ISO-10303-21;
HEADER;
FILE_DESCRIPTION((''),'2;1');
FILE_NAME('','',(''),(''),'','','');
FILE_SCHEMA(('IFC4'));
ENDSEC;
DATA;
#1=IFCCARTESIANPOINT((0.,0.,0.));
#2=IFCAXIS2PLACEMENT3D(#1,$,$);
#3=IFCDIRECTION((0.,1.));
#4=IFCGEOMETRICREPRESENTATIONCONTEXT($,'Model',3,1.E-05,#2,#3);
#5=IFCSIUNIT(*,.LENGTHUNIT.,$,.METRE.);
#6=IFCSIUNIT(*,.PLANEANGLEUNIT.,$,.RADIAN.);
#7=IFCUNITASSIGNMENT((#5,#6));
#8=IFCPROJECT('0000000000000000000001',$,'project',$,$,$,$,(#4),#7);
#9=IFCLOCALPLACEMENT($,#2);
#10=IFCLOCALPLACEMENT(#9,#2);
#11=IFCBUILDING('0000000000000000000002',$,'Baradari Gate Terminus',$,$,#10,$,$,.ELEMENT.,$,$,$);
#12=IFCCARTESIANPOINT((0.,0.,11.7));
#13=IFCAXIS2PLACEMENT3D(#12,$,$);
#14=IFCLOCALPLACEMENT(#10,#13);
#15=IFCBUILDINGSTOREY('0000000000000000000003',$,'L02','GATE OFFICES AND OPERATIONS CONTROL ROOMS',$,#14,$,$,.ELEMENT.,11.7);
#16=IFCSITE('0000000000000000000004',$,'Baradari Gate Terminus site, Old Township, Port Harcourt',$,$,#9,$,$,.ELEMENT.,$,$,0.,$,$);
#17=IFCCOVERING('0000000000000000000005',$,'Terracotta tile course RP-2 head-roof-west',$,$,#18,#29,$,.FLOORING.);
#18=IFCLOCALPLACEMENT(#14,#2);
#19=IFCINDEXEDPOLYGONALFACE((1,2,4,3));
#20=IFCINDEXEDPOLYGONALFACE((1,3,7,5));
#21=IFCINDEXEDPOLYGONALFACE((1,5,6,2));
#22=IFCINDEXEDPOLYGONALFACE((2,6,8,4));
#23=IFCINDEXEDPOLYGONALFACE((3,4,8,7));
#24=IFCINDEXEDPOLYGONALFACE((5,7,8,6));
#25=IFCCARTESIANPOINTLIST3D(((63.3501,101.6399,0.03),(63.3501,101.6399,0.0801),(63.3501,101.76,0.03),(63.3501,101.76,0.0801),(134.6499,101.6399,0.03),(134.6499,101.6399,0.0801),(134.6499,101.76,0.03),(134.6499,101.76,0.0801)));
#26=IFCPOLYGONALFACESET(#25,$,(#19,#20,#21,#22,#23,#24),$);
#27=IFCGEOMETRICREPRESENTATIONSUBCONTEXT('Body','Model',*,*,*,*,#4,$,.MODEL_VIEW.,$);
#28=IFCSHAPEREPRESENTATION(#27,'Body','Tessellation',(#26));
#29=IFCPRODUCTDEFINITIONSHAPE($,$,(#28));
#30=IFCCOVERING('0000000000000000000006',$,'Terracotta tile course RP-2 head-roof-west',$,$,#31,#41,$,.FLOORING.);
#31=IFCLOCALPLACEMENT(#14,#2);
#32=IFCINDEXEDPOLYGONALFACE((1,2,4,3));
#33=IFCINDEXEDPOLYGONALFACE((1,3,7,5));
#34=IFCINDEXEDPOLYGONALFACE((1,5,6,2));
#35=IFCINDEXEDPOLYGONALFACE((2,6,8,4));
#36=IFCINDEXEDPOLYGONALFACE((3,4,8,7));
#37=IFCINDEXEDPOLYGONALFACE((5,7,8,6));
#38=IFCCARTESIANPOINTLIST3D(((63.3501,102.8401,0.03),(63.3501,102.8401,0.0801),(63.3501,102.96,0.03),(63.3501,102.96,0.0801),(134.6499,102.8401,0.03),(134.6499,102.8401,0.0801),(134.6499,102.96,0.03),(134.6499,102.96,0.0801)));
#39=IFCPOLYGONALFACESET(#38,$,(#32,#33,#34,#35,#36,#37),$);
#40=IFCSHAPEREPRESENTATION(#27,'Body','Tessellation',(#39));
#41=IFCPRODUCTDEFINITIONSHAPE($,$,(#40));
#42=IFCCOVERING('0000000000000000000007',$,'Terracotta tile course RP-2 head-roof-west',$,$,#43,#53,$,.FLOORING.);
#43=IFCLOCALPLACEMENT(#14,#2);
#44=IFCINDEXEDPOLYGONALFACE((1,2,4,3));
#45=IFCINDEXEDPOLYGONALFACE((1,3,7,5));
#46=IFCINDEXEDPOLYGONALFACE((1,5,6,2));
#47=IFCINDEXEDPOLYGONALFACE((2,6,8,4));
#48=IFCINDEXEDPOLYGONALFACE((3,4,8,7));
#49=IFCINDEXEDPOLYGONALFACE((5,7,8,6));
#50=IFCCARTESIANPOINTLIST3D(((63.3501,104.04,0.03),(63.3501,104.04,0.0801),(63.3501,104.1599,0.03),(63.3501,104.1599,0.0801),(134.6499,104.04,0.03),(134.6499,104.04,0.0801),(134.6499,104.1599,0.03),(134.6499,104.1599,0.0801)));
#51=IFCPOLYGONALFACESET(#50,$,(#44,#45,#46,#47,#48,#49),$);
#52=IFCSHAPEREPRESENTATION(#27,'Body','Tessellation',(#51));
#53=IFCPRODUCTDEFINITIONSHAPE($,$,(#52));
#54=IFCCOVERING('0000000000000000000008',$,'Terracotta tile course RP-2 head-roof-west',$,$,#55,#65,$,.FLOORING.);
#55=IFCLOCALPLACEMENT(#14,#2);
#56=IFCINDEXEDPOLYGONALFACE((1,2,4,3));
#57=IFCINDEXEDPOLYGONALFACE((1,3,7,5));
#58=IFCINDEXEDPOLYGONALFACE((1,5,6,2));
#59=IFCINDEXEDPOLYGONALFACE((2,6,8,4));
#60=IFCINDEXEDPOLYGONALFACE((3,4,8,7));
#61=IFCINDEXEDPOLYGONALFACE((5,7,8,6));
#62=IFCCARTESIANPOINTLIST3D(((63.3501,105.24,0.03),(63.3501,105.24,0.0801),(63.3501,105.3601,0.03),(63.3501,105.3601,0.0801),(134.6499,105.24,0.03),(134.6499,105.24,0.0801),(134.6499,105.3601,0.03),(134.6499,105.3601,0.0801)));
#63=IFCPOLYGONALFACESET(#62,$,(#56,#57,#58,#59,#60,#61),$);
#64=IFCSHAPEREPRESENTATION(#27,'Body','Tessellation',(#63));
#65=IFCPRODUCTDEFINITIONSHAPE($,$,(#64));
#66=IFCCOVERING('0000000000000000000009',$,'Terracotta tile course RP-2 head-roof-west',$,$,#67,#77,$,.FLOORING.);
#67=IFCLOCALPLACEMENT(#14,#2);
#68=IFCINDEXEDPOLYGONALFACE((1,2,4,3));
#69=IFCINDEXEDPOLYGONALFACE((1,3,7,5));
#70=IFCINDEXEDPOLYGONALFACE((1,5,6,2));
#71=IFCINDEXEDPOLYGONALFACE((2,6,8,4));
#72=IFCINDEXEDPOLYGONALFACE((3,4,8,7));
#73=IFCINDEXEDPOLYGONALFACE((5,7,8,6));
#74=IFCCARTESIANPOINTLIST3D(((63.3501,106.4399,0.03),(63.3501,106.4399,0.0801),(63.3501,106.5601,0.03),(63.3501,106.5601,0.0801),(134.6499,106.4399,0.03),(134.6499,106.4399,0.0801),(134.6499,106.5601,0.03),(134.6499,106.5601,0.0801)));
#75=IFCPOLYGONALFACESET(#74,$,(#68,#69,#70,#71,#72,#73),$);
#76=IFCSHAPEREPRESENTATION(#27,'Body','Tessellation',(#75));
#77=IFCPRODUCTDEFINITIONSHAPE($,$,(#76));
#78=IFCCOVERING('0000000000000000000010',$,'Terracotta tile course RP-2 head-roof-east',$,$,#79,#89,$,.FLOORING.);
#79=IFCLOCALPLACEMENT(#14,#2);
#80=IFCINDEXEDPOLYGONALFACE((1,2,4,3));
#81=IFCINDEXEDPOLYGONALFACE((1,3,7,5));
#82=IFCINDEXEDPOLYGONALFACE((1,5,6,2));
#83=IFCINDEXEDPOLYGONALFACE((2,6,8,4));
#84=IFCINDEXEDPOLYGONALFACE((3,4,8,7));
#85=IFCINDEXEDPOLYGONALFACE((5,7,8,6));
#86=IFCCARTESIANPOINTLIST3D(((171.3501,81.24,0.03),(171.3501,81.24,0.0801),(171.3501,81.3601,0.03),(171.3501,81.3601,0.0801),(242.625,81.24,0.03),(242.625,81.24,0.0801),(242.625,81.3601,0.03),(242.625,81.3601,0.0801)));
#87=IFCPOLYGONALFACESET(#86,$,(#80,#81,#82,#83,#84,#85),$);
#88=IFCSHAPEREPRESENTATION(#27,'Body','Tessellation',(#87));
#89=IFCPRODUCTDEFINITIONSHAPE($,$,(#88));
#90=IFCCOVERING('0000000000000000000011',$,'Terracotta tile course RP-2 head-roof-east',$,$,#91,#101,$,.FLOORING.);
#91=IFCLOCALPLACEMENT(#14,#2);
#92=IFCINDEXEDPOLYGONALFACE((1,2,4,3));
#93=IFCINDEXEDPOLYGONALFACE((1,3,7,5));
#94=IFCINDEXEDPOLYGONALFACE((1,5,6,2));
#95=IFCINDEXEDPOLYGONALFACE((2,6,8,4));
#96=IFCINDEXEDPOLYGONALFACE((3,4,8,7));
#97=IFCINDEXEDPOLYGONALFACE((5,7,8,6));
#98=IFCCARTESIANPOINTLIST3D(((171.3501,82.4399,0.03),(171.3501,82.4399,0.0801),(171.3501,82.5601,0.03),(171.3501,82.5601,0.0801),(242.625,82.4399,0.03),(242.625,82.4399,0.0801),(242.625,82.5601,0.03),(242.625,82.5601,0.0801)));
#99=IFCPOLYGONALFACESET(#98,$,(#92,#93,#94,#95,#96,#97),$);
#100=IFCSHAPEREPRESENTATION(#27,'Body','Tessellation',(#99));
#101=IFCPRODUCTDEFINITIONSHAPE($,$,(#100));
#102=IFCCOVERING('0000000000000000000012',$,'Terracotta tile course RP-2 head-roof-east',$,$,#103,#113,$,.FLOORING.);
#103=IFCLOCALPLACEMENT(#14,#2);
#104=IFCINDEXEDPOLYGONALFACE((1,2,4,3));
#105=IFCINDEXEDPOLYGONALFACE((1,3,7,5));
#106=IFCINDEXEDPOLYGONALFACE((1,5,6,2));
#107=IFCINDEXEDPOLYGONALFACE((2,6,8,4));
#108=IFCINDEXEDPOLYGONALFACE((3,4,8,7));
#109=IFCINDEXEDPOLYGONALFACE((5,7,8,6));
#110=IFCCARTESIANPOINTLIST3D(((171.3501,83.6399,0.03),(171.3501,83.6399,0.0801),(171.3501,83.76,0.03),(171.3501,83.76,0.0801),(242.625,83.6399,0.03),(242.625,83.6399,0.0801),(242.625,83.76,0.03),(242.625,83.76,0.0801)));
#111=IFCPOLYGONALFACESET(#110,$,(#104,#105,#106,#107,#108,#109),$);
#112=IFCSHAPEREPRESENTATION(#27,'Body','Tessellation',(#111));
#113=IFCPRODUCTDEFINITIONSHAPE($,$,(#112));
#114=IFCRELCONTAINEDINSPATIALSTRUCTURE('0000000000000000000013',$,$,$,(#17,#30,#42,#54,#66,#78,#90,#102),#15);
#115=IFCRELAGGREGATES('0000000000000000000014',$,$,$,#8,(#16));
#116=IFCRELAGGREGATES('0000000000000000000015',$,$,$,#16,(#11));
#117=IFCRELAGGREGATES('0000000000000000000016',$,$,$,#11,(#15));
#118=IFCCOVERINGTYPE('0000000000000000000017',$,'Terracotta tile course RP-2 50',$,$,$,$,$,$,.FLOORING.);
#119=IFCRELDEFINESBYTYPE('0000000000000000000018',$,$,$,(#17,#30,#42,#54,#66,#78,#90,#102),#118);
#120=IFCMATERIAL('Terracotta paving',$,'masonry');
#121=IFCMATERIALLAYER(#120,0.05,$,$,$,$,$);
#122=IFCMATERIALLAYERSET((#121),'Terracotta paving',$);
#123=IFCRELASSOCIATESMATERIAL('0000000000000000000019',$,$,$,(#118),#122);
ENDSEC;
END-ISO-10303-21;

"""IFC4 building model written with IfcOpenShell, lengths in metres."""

from ifc_helpers import new_model, si_unit, direction, frame, origin, place, context, subcontext, project, spatial, polyline, outline, extrude, material, layer, layer_set, type_object, element, save


model = new_model("IFC4")

# Units and contexts
model_context = context("Model", 3, precision=1e-05, world=origin(), true_north=direction((0.0, 1.0)))
body_context = subcontext(model_context, "Body", "Model", "MODEL_VIEW")
ifc_project = project(units=[si_unit("LENGTHUNIT", "METRE"), si_unit("PLANEANGLEUNIT", "RADIAN")], contexts=[model_context])

# Site, building, storey
site_placement = place(None, origin())
site = spatial("IfcSite", under=ifc_project, at=site_placement, Name="Baradari Gate Terminus site, Old Township, Port Harcourt", CompositionType="ELEMENT", RefElevation=0.0)
building_placement = place(site_placement, origin())
building = spatial("IfcBuilding", under=site, at=building_placement, Name="Baradari Gate Terminus", CompositionType="ELEMENT")
storey_placement = place(building_placement, frame((0.0, 0.0, 11.7)))
storey = spatial("IfcBuildingStorey", under=building, at=storey_placement, Name="L02", Description="GATE OFFICES AND OPERATIONS CONTROL ROOMS", CompositionType="ELEMENT", Elevation=11.7)

# Coverings
ifc_material_1 = material(Name="Terracotta paving", Category="masonry")
ifc_layer_1 = layer(ifc_material_1, 0.05)
ifc_layer_set_1 = layer_set([ifc_layer_1], Name="Terracotta paving")
covering_type_1 = type_object("IfcCoveringType", Name="Terracotta tile course RP-2 50", PredefinedType="FLOORING", material=ifc_layer_set_1)
covering_1_placement = place(storey_placement, frame((0.0, 0.0, 0.03)))
element("IfcCovering", 1, at=covering_1_placement, inside=storey, type_object=covering_type_1, Name="Terracotta tile course RP-2 head-roof-west", PredefinedType="FLOORING", context=body_context, shape_type="SweptSolid", body=[
    extrude(outline(polyline([(134.6499, 101.6399), (134.6499, 101.76), (63.3501, 101.76), (63.3501, 101.6399), (134.6499, 101.6399)])), origin(), (0.0, 0.0, 1.0), 0.05),
])
covering_2_placement = place(storey_placement, frame((0.0, 0.0, 0.03)))
element("IfcCovering", 2, at=covering_2_placement, inside=storey, type_object=covering_type_1, Name="Terracotta tile course RP-2 head-roof-west", PredefinedType="FLOORING", context=body_context, shape_type="SweptSolid", body=[
    extrude(outline(polyline([(134.6499, 102.8401), (134.6499, 102.96), (63.3501, 102.96), (63.3501, 102.8401), (134.6499, 102.8401)])), origin(), (0.0, 0.0, 1.0), 0.05),
])
covering_3_placement = place(storey_placement, frame((0.0, 0.0, 0.03)))
element("IfcCovering", 3, at=covering_3_placement, inside=storey, type_object=covering_type_1, Name="Terracotta tile course RP-2 head-roof-west", PredefinedType="FLOORING", context=body_context, shape_type="SweptSolid", body=[
    extrude(outline(polyline([(134.6499, 104.04), (134.6499, 104.1599), (63.3501, 104.1599), (63.3501, 104.04), (134.6499, 104.04)])), origin(), (0.0, 0.0, 1.0), 0.05),
])
covering_4_placement = place(storey_placement, frame((0.0, 0.0, 0.03)))
element("IfcCovering", 4, at=covering_4_placement, inside=storey, type_object=covering_type_1, Name="Terracotta tile course RP-2 head-roof-west", PredefinedType="FLOORING", context=body_context, shape_type="SweptSolid", body=[
    extrude(outline(polyline([(134.6499, 105.24), (134.6499, 105.3601), (63.3501, 105.3601), (63.3501, 105.24), (134.6499, 105.24)])), origin(), (0.0, 0.0, 1.0), 0.05),
])
covering_5_placement = place(storey_placement, frame((0.0, 0.0, 0.03)))
element("IfcCovering", 5, at=covering_5_placement, inside=storey, type_object=covering_type_1, Name="Terracotta tile course RP-2 head-roof-west", PredefinedType="FLOORING", context=body_context, shape_type="SweptSolid", body=[
    extrude(outline(polyline([(134.6499, 106.4399), (134.6499, 106.5601), (63.3501, 106.5601), (63.3501, 106.4399), (134.6499, 106.4399)])), origin(), (0.0, 0.0, 1.0), 0.05),
])
covering_6_placement = place(storey_placement, frame((0.0, 0.0, 0.03)))
element("IfcCovering", 6, at=covering_6_placement, inside=storey, type_object=covering_type_1, Name="Terracotta tile course RP-2 head-roof-east", PredefinedType="FLOORING", context=body_context, shape_type="SweptSolid", body=[
    extrude(outline(polyline([(242.625, 81.24), (242.625, 81.3601), (171.3501, 81.3601), (171.3501, 81.24), (242.625, 81.24)])), origin(), (0.0, 0.0, 1.0), 0.05),
])
covering_7_placement = place(storey_placement, frame((0.0, 0.0, 0.03)))
element("IfcCovering", 7, at=covering_7_placement, inside=storey, type_object=covering_type_1, Name="Terracotta tile course RP-2 head-roof-east", PredefinedType="FLOORING", context=body_context, shape_type="SweptSolid", body=[
    extrude(outline(polyline([(242.625, 82.4399), (242.625, 82.5601), (171.3501, 82.5601), (171.3501, 82.4399), (242.625, 82.4399)])), origin(), (0.0, 0.0, 1.0), 0.05),
])
covering_8_placement = place(storey_placement, frame((0.0, 0.0, 0.03)))
element("IfcCovering", 8, at=covering_8_placement, inside=storey, type_object=covering_type_1, Name="Terracotta tile course RP-2 head-roof-east", PredefinedType="FLOORING", context=body_context, shape_type="SweptSolid", body=[
    extrude(outline(polyline([(242.625, 83.6399), (242.625, 83.76), (171.3501, 83.76), (171.3501, 83.6399), (242.625, 83.6399)])), origin(), (0.0, 0.0, 1.0), 0.05),
])

save(model, "model.ifc")
